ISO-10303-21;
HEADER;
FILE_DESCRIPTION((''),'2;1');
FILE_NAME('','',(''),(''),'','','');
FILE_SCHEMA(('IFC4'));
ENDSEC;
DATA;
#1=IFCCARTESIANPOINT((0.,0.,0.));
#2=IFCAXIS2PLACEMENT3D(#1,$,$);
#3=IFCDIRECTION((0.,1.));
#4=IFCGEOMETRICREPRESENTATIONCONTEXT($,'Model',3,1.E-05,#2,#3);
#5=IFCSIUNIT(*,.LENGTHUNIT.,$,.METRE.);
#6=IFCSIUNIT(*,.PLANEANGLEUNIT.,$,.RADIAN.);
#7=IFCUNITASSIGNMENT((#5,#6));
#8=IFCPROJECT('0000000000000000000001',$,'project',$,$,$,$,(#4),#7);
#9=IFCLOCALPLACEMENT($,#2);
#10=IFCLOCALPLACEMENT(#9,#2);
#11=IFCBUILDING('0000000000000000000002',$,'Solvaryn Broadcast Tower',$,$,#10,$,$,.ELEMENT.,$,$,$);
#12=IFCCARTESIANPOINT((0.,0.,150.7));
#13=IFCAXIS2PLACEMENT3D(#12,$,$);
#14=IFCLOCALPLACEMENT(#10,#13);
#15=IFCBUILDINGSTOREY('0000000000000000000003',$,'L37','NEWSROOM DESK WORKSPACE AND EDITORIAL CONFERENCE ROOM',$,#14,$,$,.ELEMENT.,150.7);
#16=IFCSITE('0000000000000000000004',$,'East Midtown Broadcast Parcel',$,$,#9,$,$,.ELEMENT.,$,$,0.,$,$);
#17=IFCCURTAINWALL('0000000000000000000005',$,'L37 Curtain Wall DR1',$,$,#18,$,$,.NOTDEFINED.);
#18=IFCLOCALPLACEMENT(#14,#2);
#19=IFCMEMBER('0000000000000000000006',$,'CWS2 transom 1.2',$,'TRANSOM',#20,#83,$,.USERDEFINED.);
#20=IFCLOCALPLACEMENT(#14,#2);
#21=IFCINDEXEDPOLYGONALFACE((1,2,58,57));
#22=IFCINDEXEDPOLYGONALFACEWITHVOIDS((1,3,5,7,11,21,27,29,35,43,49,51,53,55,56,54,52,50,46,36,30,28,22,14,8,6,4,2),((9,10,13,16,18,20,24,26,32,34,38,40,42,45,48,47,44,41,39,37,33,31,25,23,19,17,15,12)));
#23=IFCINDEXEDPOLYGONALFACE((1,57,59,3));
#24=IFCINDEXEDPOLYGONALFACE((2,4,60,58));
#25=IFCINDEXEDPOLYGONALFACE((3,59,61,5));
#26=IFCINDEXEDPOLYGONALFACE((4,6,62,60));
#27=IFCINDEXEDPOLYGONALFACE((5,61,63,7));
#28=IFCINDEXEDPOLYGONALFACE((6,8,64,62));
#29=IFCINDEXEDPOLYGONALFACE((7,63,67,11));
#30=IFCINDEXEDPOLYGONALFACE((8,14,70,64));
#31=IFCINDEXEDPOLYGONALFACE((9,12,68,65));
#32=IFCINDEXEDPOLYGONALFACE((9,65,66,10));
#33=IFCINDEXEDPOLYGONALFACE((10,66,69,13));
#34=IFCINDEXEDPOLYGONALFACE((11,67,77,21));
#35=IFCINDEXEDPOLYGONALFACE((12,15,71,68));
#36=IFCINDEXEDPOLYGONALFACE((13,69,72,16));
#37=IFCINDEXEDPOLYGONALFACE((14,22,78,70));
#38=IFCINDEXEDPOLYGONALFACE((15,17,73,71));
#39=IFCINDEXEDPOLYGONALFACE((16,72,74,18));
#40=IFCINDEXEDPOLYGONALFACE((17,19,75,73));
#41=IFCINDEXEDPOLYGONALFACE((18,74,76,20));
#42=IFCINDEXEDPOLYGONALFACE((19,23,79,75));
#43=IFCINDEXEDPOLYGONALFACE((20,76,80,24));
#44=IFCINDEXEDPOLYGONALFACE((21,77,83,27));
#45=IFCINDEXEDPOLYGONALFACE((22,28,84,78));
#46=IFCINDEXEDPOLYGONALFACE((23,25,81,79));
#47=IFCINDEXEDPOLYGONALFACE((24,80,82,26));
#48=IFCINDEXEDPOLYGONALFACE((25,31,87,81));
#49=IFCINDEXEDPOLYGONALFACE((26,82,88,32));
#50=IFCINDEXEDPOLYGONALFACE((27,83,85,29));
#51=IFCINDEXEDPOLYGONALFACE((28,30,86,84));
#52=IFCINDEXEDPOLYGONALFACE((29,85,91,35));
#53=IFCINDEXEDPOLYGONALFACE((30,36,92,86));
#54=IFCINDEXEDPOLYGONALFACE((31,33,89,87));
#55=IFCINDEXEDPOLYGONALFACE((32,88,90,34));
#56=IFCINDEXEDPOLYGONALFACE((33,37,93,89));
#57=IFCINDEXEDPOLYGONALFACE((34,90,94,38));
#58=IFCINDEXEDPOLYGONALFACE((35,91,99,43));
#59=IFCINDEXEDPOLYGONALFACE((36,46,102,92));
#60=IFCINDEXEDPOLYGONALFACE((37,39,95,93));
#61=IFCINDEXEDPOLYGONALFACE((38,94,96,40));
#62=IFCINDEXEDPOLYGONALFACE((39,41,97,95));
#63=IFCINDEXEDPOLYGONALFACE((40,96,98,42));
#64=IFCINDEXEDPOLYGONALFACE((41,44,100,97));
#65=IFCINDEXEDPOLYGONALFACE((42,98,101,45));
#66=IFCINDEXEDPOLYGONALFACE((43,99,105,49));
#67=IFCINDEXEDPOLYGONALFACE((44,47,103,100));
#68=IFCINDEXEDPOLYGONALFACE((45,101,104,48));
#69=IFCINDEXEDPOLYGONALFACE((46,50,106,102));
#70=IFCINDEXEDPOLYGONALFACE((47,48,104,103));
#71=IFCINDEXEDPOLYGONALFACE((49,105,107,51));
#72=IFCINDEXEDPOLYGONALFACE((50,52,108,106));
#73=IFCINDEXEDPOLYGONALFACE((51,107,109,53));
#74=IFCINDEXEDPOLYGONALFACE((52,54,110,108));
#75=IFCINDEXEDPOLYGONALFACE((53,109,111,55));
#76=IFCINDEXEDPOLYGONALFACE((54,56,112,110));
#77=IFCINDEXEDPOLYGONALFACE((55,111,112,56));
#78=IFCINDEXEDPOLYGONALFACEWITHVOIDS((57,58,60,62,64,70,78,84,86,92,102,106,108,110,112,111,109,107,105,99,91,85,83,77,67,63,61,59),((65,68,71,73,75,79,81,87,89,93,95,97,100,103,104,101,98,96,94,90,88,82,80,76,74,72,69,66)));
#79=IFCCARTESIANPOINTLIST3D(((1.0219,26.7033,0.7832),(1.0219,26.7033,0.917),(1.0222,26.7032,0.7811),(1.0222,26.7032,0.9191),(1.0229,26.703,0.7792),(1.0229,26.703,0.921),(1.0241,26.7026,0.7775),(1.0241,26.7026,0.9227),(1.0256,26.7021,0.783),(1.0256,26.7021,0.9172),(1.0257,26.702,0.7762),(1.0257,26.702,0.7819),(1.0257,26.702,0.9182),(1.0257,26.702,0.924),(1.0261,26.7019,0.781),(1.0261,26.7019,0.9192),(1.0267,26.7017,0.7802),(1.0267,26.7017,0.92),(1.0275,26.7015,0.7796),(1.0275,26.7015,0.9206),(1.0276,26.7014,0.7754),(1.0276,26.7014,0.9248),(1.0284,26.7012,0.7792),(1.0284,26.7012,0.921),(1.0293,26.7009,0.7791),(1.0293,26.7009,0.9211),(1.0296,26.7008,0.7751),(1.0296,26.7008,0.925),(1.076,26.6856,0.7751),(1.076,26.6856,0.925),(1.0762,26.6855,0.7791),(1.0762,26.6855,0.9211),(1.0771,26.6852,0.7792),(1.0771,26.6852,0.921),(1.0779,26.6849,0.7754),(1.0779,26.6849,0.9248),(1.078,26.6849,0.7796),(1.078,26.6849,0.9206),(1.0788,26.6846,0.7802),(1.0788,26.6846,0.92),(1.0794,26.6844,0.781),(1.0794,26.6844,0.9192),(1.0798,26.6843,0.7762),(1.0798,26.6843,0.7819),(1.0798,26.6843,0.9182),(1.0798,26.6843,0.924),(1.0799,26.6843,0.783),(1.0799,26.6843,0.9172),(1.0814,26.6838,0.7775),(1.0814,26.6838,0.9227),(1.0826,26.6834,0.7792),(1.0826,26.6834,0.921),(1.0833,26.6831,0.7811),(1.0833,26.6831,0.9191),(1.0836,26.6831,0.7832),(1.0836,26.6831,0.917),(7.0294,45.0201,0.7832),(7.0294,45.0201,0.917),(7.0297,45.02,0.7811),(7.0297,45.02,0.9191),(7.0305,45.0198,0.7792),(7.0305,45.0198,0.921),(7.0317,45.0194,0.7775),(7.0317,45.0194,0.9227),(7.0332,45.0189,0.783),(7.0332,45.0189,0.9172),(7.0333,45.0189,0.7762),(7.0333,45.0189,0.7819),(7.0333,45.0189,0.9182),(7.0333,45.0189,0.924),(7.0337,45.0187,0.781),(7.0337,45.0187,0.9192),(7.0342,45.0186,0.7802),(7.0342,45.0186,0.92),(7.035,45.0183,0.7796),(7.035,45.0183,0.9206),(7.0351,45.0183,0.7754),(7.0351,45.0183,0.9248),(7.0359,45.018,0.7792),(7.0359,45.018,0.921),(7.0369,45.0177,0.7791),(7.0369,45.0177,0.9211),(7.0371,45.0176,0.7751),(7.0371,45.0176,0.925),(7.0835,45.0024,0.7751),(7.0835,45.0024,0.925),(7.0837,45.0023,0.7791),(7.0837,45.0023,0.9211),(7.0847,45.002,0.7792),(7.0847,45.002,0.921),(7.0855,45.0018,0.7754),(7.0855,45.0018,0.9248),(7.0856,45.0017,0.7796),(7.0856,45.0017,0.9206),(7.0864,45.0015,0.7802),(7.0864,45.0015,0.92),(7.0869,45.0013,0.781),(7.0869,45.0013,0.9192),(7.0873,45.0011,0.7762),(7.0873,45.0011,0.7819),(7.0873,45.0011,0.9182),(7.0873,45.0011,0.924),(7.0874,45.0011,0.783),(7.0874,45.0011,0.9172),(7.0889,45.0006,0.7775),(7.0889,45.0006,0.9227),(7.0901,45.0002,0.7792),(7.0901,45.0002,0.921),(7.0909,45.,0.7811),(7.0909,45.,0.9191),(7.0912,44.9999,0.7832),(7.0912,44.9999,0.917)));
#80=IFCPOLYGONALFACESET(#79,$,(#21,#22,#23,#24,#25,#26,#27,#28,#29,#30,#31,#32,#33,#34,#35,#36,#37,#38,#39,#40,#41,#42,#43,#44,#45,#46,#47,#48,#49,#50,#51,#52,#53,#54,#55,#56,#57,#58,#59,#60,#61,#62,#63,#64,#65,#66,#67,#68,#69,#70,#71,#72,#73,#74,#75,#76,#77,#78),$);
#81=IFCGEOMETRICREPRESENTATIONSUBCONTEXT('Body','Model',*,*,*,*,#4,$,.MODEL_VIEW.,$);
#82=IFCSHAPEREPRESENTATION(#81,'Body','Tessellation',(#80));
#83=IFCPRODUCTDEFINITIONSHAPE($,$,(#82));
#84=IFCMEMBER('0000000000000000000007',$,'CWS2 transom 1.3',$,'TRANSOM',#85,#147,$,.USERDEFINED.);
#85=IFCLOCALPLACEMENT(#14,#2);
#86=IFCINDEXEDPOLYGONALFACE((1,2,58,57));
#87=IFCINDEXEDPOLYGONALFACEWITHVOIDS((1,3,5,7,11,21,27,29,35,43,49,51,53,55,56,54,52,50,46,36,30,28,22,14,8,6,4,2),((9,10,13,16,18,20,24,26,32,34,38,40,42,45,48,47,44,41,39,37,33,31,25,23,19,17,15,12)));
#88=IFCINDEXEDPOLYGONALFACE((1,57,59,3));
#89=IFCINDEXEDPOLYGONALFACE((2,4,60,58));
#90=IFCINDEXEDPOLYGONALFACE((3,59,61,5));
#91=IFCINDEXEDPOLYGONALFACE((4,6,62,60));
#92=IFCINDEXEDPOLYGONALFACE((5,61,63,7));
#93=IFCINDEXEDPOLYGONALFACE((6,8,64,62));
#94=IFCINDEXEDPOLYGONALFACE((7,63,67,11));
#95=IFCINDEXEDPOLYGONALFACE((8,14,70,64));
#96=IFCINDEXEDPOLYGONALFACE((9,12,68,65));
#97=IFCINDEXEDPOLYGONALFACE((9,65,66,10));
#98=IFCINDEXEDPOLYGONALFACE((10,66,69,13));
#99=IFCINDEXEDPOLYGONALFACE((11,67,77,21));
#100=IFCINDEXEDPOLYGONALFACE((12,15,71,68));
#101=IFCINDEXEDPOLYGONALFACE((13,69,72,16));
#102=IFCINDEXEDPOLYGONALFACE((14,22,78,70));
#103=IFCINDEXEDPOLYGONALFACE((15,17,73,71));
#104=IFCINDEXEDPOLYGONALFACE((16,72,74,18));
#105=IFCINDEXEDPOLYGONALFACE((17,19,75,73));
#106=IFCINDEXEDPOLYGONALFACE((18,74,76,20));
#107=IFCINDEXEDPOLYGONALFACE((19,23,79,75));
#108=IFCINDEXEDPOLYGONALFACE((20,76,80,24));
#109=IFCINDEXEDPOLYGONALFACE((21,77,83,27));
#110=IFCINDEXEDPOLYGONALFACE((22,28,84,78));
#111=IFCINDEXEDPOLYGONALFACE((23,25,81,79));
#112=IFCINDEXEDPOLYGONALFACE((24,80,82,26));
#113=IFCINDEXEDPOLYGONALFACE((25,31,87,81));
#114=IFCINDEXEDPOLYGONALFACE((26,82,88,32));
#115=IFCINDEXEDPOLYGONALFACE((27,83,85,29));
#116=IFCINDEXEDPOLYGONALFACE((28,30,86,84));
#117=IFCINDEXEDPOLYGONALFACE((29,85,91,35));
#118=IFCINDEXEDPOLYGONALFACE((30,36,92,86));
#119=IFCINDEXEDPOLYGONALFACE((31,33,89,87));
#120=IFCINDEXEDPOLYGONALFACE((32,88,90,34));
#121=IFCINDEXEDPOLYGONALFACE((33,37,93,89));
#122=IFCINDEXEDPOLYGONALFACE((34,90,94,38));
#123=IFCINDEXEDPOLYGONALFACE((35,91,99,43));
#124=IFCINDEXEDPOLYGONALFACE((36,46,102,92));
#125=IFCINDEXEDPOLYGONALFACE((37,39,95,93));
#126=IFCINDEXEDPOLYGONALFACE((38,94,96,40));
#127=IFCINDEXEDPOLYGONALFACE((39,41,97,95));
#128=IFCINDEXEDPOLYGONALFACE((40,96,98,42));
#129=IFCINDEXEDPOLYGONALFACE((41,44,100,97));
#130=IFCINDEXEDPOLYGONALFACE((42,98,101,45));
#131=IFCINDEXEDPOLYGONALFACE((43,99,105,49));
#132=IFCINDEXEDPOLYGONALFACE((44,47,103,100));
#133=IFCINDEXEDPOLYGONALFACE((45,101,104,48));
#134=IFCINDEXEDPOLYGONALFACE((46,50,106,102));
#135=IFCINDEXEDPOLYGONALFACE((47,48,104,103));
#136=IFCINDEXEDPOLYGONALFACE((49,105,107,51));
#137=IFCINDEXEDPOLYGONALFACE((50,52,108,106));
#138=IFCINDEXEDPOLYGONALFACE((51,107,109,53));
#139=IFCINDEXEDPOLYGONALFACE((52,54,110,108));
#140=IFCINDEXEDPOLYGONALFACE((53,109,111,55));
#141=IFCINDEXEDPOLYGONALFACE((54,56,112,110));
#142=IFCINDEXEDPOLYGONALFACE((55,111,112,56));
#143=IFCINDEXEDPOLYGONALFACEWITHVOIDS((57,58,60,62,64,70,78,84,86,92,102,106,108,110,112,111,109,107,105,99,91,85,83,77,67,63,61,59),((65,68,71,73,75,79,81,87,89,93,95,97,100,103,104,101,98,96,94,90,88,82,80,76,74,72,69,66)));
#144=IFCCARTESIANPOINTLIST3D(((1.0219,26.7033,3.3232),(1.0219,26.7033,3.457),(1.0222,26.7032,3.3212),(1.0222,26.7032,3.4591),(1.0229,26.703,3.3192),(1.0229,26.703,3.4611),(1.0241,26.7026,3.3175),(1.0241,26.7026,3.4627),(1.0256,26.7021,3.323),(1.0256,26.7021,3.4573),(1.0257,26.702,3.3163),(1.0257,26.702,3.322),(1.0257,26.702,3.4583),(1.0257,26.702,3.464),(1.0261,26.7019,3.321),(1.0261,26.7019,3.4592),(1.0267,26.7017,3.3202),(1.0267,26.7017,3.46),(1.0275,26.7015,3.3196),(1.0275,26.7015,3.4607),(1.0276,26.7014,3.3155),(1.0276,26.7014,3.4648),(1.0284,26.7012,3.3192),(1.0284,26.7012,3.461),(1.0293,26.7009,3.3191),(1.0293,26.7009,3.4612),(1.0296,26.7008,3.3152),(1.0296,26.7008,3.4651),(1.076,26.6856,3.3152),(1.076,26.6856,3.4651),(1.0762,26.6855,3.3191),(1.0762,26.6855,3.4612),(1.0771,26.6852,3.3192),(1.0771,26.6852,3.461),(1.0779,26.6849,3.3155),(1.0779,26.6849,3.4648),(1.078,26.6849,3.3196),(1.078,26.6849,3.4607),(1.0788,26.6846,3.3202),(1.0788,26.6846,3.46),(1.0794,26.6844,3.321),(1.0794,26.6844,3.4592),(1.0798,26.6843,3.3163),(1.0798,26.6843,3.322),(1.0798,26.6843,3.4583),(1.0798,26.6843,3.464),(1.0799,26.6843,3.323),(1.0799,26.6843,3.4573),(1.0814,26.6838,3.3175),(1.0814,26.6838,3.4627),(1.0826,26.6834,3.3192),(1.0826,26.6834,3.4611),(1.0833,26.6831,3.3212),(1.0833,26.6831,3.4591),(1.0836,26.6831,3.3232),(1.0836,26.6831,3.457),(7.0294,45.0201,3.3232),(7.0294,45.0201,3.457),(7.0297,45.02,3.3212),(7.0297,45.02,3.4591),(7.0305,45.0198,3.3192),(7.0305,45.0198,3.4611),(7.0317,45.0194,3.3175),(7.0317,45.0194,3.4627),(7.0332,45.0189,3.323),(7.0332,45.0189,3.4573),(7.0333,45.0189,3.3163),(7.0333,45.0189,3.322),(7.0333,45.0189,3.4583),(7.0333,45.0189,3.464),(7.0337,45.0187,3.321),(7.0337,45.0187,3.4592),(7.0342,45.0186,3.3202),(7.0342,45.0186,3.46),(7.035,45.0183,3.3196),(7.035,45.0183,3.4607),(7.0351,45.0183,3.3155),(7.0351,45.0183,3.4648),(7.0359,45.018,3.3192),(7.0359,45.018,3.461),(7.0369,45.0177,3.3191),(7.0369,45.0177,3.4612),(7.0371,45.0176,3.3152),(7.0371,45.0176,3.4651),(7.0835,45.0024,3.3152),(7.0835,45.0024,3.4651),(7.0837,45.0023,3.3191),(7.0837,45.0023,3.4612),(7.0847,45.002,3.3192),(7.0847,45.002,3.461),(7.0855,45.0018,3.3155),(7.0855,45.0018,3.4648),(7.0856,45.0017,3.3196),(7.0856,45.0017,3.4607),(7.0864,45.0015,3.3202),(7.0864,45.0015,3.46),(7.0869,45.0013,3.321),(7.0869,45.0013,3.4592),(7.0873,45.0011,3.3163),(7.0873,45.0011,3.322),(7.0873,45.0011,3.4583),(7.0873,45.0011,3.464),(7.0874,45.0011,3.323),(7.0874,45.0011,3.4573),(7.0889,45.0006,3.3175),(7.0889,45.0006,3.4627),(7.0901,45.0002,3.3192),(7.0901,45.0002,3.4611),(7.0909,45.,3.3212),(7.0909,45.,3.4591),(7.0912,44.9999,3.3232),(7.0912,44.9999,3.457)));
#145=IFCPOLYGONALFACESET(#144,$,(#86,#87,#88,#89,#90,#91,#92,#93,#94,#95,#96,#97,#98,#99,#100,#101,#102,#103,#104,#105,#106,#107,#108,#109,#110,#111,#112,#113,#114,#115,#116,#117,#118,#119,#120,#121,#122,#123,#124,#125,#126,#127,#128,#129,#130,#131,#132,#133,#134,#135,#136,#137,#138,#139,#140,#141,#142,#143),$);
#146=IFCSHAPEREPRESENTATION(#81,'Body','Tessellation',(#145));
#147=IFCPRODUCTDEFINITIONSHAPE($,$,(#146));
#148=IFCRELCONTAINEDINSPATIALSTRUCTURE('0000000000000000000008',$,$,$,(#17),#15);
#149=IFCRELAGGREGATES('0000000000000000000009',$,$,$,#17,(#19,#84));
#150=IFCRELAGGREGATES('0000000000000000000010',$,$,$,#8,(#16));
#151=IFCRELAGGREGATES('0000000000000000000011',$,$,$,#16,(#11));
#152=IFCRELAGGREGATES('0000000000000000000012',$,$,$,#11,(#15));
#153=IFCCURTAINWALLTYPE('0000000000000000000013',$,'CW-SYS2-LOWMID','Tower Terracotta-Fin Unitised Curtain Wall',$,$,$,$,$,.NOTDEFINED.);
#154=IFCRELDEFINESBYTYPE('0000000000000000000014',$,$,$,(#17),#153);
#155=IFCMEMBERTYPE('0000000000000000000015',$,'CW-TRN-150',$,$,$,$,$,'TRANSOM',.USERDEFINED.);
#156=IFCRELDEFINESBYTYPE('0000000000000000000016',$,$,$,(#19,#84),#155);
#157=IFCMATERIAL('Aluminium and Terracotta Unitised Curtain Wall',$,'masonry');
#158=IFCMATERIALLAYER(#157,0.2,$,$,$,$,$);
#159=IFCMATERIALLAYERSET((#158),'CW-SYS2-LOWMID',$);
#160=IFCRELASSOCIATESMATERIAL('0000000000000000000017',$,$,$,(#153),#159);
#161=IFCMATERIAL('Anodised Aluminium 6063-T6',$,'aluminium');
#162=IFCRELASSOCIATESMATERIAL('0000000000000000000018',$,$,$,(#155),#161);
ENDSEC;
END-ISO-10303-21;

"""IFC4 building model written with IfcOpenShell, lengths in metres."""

from ifc_helpers import new_model, si_unit, direction, frame, origin, origin_2d, place, context, subcontext, project, spatial, hollow_rectangle, extrude, material, layer, layer_set, material_profile, profile_set, type_object, element, aggregate, save


model = new_model("IFC4")

# Units and contexts
model_context = context("Model", 3, precision=1e-05, world=origin(), true_north=direction((0.0, 1.0)))
body_context = subcontext(model_context, "Body", "Model", "MODEL_VIEW")
ifc_project = project(units=[si_unit("LENGTHUNIT", "METRE"), si_unit("PLANEANGLEUNIT", "RADIAN")], contexts=[model_context])

# Site, building, storey
site_placement = place(None, origin())
site = spatial("IfcSite", under=ifc_project, at=site_placement, Name="East Midtown Broadcast Parcel", CompositionType="ELEMENT", RefElevation=0.0)
building_placement = place(site_placement, origin())
building = spatial("IfcBuilding", under=site, at=building_placement, Name="Solvaryn Broadcast Tower", CompositionType="ELEMENT")
storey_placement = place(building_placement, frame((0.0, 0.0, 150.7)))
storey = spatial("IfcBuildingStorey", under=building, at=storey_placement, Name="L37", Description="NEWSROOM DESK WORKSPACE AND EDITORIAL CONFERENCE ROOM", CompositionType="ELEMENT", Elevation=150.7)

# Curtain wall
ifc_material_1 = material(Name="Aluminium and Terracotta Unitised Curtain Wall", Category="masonry")
ifc_layer_1 = layer(ifc_material_1, 0.2)
ifc_layer_set_1 = layer_set([ifc_layer_1], Name="CW-SYS2-LOWMID")
curtain_wall_type = type_object("IfcCurtainWallType", Name="CW-SYS2-LOWMID", Description="Tower Terracotta-Fin Unitised Curtain Wall", PredefinedType="NOTDEFINED", material=ifc_layer_set_1)
curtain_wall_1_placement = place(storey_placement, origin())
curtain_wall_1 = element("IfcCurtainWall", 1, at=curtain_wall_1_placement, inside=storey, type_object=curtain_wall_type, Name="L37 Curtain Wall DR1", PredefinedType="NOTDEFINED")

# Members
ifc_material_2 = material(Name="Anodised Aluminium 6063-T6", Category="aluminium")
ifc_material_profile_1 = material_profile(ifc_material_2, hollow_rectangle(XDim=0.0649, YDim=0.1499, WallThickness=0.0039, InnerFilletRadius=0.0039, OuterFilletRadius=0.0081, at=origin_2d()))
ifc_profile_set_1 = profile_set([ifc_material_profile_1], Name="Anodised Aluminium 6063-T6")
member_type_1 = type_object("IfcMemberType", Name="CW-TRN-150", ElementType="TRANSOM", PredefinedType="USERDEFINED", material=ifc_profile_set_1)
member_1_placement = place(storey_placement, frame((7.0603, 45.01, 0.8501), z_axis=(-0.311646, -0.950198, 0.0), x_axis=(0.950198, -0.311646, 0.0)))
member_1 = element("IfcMember", 2, at=member_1_placement, type_object=member_type_1, Name="CWS2 transom 1.2", ObjectType="TRANSOM", PredefinedType="USERDEFINED", context=body_context, shape_type="SweptSolid", body=[
    extrude(hollow_rectangle(XDim=0.0649, YDim=0.1499, WallThickness=0.0039, InnerFilletRadius=0.0039, OuterFilletRadius=0.0081, at=origin_2d()), origin(), (0.0, 0.0, 1.0), 19.2769),
])
member_2_placement = place(storey_placement, frame((7.0603, 45.01, 3.3901), z_axis=(-0.311646, -0.950198, 0.0), x_axis=(0.950198, -0.311646, 0.0)))
member_2 = element("IfcMember", 3, at=member_2_placement, type_object=member_type_1, Name="CWS2 transom 1.3", ObjectType="TRANSOM", PredefinedType="USERDEFINED", context=body_context, shape_type="SweptSolid", body=[
    extrude(hollow_rectangle(XDim=0.0649, YDim=0.1499, WallThickness=0.0039, InnerFilletRadius=0.0039, OuterFilletRadius=0.0081, at=origin_2d()), origin(), (0.0, 0.0, 1.0), 19.2769),
])
aggregate(curtain_wall_1, [member_1, member_2])

save(model, "model.ifc")
